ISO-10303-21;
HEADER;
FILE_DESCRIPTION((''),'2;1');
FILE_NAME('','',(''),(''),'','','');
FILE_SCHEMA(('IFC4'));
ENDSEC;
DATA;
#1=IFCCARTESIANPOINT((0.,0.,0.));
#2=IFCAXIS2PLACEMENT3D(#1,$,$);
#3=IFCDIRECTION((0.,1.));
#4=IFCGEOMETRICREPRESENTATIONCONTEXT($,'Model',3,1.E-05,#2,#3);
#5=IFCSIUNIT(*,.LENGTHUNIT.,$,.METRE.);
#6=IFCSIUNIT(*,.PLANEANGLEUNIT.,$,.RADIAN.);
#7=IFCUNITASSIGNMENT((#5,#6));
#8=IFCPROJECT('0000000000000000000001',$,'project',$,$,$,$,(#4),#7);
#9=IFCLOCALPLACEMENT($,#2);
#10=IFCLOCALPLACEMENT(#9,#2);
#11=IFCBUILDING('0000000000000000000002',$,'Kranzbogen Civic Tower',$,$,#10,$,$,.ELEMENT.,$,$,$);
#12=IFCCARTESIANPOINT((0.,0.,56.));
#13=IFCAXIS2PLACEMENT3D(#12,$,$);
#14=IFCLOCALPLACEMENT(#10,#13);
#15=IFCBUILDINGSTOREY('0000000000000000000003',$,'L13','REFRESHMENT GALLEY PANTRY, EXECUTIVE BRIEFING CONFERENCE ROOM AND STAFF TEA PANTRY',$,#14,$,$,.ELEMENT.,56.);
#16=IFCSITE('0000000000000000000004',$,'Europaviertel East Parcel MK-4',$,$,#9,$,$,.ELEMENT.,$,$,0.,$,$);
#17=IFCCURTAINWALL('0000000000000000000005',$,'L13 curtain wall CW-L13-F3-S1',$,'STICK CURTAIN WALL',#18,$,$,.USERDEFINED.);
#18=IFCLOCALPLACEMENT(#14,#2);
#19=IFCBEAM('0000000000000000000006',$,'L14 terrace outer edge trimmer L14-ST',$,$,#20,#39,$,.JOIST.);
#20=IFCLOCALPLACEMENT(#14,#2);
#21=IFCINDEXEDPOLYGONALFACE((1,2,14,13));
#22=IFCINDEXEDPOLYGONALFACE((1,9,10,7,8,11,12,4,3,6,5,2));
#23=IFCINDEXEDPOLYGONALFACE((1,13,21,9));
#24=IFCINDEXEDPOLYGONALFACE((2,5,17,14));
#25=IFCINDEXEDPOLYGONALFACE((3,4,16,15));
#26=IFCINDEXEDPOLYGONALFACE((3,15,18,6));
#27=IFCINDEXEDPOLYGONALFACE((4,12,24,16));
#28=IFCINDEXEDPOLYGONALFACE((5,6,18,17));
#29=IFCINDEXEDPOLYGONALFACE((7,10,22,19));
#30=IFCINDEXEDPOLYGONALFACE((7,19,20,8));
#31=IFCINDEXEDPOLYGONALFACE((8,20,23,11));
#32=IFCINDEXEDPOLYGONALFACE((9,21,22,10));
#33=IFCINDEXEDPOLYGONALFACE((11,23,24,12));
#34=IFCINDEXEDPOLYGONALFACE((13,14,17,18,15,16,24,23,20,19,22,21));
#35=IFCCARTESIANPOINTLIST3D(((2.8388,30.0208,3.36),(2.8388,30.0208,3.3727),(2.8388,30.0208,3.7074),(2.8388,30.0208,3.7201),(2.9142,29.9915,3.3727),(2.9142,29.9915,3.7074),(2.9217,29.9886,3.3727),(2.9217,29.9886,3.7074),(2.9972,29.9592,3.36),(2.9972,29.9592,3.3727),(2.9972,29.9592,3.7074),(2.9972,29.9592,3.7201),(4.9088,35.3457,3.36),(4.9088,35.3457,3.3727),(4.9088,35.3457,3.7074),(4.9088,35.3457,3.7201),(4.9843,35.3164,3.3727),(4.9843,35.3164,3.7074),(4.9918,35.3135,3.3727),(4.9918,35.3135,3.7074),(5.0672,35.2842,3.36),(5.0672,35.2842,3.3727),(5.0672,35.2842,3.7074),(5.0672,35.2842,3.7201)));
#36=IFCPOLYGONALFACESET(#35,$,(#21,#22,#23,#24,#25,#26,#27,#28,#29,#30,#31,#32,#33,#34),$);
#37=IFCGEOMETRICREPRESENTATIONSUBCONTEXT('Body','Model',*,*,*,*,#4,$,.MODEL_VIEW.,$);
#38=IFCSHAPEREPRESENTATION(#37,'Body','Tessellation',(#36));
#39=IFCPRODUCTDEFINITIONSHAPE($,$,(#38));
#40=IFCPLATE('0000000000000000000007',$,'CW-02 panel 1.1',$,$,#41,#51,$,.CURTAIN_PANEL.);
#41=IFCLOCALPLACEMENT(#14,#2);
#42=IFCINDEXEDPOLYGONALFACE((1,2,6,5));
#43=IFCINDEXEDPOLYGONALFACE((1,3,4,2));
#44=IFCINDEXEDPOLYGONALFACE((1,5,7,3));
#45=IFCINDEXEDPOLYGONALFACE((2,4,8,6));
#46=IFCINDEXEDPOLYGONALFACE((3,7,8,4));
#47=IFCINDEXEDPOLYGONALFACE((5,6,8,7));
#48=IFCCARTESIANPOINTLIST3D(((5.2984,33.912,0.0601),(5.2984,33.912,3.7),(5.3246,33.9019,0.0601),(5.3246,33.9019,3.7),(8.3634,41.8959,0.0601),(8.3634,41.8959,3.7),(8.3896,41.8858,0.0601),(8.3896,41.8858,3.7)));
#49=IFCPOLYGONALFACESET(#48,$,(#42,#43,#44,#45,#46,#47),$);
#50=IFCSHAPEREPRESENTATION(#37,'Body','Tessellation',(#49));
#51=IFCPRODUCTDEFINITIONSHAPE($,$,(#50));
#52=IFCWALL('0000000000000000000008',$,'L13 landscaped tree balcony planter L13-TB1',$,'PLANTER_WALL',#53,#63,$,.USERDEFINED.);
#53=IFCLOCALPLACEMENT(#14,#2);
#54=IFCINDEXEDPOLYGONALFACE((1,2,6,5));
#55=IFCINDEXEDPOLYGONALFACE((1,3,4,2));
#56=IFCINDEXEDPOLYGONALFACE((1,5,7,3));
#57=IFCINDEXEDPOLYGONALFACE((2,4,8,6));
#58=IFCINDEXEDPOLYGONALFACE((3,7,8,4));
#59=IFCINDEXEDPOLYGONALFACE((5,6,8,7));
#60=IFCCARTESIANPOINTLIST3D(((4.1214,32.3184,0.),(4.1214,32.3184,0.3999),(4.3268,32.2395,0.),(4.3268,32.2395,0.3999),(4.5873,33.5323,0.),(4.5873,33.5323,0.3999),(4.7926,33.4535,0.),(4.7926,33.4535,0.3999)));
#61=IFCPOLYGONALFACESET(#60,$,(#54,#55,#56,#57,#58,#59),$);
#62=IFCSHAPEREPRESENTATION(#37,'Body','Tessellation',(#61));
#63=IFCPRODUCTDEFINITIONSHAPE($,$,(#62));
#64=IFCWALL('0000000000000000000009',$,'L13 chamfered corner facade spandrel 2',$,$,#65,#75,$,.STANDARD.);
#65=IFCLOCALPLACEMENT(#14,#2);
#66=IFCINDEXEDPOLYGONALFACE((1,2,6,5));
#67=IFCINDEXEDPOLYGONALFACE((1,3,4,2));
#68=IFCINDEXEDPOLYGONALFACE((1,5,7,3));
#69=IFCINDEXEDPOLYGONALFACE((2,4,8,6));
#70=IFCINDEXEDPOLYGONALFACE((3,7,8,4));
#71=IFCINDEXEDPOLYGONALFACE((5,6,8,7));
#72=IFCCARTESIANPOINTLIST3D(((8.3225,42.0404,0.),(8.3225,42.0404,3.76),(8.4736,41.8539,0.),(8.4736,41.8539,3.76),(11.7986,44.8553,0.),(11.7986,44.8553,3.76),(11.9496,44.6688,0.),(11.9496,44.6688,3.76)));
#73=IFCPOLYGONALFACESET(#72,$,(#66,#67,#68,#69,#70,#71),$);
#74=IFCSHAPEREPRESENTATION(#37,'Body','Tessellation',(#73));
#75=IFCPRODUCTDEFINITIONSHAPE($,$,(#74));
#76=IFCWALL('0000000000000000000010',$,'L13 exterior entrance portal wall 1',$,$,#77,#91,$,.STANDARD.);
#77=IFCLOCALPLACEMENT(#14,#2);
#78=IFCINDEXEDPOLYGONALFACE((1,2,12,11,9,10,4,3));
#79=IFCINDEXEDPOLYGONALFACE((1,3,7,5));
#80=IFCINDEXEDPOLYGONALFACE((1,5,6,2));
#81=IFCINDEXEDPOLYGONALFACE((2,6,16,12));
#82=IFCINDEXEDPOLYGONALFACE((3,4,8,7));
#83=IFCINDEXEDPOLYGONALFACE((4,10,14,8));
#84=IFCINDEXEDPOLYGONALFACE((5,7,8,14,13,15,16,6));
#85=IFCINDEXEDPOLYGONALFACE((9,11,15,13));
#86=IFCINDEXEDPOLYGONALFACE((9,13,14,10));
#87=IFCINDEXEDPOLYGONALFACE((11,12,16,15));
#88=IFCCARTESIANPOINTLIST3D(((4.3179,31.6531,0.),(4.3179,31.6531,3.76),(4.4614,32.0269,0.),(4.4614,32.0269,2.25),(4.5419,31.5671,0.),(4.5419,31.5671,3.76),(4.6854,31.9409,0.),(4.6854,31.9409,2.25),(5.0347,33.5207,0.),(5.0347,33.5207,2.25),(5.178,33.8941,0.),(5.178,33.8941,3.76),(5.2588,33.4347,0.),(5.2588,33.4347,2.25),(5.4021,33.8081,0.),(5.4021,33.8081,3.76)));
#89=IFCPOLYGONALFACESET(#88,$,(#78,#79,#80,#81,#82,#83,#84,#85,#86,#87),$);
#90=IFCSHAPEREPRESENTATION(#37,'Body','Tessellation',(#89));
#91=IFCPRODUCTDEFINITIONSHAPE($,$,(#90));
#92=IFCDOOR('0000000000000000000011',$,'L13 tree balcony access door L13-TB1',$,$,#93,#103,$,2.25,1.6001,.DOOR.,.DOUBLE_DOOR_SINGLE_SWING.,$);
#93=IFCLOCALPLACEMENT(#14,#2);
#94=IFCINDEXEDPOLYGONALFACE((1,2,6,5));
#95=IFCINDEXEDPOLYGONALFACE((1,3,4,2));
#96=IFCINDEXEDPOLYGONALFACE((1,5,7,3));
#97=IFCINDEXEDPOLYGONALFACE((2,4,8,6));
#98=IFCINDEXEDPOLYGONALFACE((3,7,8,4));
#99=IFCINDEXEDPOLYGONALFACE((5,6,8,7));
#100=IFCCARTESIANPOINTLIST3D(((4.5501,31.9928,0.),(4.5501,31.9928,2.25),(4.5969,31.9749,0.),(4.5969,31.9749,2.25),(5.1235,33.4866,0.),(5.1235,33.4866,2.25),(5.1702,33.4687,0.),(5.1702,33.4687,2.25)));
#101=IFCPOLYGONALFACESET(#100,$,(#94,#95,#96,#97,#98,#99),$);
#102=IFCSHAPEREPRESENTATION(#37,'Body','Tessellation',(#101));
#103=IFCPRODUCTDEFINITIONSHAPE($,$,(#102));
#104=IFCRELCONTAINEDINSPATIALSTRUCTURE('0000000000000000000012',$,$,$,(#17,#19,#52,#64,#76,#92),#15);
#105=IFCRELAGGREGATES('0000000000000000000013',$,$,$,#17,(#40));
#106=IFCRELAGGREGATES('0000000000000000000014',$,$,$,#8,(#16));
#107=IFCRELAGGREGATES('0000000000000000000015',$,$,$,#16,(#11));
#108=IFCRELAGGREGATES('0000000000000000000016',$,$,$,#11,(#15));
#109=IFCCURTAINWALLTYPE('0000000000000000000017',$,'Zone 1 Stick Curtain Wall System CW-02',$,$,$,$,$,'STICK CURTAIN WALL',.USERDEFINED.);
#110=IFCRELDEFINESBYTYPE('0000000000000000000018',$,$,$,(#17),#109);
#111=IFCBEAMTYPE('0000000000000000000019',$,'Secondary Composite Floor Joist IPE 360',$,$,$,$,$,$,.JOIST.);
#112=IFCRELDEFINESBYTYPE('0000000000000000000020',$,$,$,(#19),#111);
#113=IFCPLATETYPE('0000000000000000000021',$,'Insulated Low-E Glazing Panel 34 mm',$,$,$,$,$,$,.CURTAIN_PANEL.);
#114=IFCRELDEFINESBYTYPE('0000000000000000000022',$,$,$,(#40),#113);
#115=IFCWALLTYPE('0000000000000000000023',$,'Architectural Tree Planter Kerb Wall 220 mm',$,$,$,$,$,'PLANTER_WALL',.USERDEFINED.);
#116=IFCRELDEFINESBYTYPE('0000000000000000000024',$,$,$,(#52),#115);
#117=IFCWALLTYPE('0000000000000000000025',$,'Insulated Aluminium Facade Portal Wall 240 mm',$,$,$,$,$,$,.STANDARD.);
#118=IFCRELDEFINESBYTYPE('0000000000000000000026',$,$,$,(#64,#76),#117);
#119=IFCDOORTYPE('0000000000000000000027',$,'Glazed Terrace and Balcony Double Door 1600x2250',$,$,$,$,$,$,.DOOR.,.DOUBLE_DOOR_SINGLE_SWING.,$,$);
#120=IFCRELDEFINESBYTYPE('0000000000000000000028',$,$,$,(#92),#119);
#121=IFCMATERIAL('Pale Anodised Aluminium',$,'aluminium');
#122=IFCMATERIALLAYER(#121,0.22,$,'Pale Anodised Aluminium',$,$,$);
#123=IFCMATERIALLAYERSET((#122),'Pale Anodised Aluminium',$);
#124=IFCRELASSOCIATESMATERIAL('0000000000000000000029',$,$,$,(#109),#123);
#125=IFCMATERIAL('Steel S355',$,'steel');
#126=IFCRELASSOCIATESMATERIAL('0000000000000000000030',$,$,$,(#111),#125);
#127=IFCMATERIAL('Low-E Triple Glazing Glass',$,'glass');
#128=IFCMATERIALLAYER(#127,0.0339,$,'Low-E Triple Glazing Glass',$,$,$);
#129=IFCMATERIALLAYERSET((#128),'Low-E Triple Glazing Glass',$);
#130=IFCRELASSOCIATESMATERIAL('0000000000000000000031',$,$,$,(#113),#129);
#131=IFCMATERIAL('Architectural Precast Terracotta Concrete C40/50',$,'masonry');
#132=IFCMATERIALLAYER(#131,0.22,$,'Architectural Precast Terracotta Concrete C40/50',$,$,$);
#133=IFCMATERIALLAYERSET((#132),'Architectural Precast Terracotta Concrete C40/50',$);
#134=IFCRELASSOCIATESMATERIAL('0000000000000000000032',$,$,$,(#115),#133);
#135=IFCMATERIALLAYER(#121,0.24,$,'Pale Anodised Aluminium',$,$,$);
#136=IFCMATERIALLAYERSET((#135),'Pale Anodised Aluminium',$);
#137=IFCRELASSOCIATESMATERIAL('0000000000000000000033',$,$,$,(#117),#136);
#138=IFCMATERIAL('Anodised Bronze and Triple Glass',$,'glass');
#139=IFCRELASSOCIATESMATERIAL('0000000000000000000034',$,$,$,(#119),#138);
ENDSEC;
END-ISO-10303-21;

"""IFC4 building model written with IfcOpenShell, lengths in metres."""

from ifc_helpers import new_model, si_unit, direction, frame, frame_2d, origin, origin_2d, place, context, subcontext, project, spatial, rectangle, i_section, extrude, material, layer, layer_set, material_profile, profile_set, type_object, element, fill, aggregate, save


model = new_model("IFC4")

# Units and contexts
model_context = context("Model", 3, precision=1e-05, world=origin(), true_north=direction((0.0, 1.0)))
body_context = subcontext(model_context, "Body", "Model", "MODEL_VIEW")
ifc_project = project(units=[si_unit("LENGTHUNIT", "METRE"), si_unit("PLANEANGLEUNIT", "RADIAN")], contexts=[model_context])

# Site, building, storey
site_placement = place(None, origin())
site = spatial("IfcSite", under=ifc_project, at=site_placement, Name="Europaviertel East Parcel MK-4", CompositionType="ELEMENT", RefElevation=0.0)
building_placement = place(site_placement, origin())
building = spatial("IfcBuilding", under=site, at=building_placement, Name="Kranzbogen Civic Tower", CompositionType="ELEMENT")
storey_placement = place(building_placement, frame((0.0, 0.0, 56.0)))
storey = spatial("IfcBuildingStorey", under=building, at=storey_placement, Name="L13", Description="REFRESHMENT GALLEY PANTRY, EXECUTIVE BRIEFING CONFERENCE ROOM AND STAFF TEA PANTRY", CompositionType="ELEMENT", Elevation=56.0)

# Curtain wall
ifc_material_1 = material(Name="Pale Anodised Aluminium", Category="aluminium")
ifc_layer_1 = layer(ifc_material_1, 0.22, Name="Pale Anodised Aluminium")
ifc_layer_set_1 = layer_set([ifc_layer_1], Name="Pale Anodised Aluminium")
curtain_wall_type = type_object("IfcCurtainWallType", Name="Zone 1 Stick Curtain Wall System CW-02", ElementType="STICK CURTAIN WALL", PredefinedType="USERDEFINED", material=ifc_layer_set_1)
curtain_wall_1_placement = place(storey_placement, origin())
curtain_wall_1 = element("IfcCurtainWall", 1, at=curtain_wall_1_placement, inside=storey, type_object=curtain_wall_type, Name="L13 curtain wall CW-L13-F3-S1", ObjectType="STICK CURTAIN WALL", PredefinedType="USERDEFINED")

# Beam
ifc_material_2 = material(Name="Steel S355", Category="steel")
ifc_material_profile_1 = material_profile(ifc_material_2, i_section(OverallWidth=0.1699, OverallDepth=0.3601, WebThickness=0.0081, FlangeThickness=0.0127, at=origin_2d()), Name="IPE 360")
ifc_profile_set_1 = profile_set([ifc_material_profile_1], Name="Steel S355")
beam_type_1 = type_object("IfcBeamType", Name="Secondary Composite Floor Joist IPE 360", PredefinedType="JOIST", material=ifc_profile_set_1)
beam_1_placement = place(storey_placement, frame((4.988, 35.3149, 3.54), z_axis=(-0.362333, -0.932049, 0.0), x_axis=(0.932049, -0.362333, 0.0)))
element("IfcBeam", 2, at=beam_1_placement, inside=storey, type_object=beam_type_1, Name="L14 terrace outer edge trimmer L14-ST", PredefinedType="JOIST", context=body_context, shape_type="SweptSolid", body=[
    extrude(i_section(OverallWidth=0.1699, OverallDepth=0.3601, WebThickness=0.0081, FlangeThickness=0.0127, at=origin_2d()), origin(), (0.0, 0.0, 1.0), 5.7131),
])

# Plate
ifc_material_3 = material(Name="Low-E Triple Glazing Glass", Category="glass")
ifc_layer_2 = layer(ifc_material_3, 0.0339, Name="Low-E Triple Glazing Glass")
ifc_layer_set_2 = layer_set([ifc_layer_2], Name="Low-E Triple Glazing Glass")
plate_type = type_object("IfcPlateType", Name="Insulated Low-E Glazing Panel 34 mm", PredefinedType="CURTAIN_PANEL", material=ifc_layer_set_2)
plate_placement = place(storey_placement, frame((6.844, 37.8989, 0.0601), z_axis=(0.0, 0.0, 1.0), x_axis=(-0.358392, -0.933571, 0.0)))
plate = element("IfcPlate", 3, at=plate_placement, type_object=plate_type, Name="CW-02 panel 1.1", PredefinedType="CURTAIN_PANEL", context=body_context, shape_type="SweptSolid", body=[
    extrude(rectangle(XDim=8.552, YDim=0.0281, at=origin_2d()), origin(), (0.0, 0.0, 1.0), 3.6399),
])
aggregate(curtain_wall_1, [plate])

# Walls
ifc_material_4 = material(Name="Architectural Precast Terracotta Concrete C40/50", Category="masonry")
ifc_layer_3 = layer(ifc_material_4, 0.22, Name="Architectural Precast Terracotta Concrete C40/50")
ifc_layer_set_3 = layer_set([ifc_layer_3], Name="Architectural Precast Terracotta Concrete C40/50")
wall_type_1 = type_object("IfcWallType", Name="Architectural Tree Planter Kerb Wall 220 mm", ElementType="PLANTER_WALL", PredefinedType="USERDEFINED", material=ifc_layer_set_3)
wall_1_placement = place(storey_placement, frame((4.6899, 33.4929, 0.0), z_axis=(0.0, 0.0, 1.0), x_axis=(-0.358274, -0.933616, 0.0)))
element("IfcWall", 4, at=wall_1_placement, inside=storey, type_object=wall_type_1, Name="L13 landscaped tree balcony planter L13-TB1", ObjectType="PLANTER_WALL", PredefinedType="USERDEFINED", context=body_context, shape_type="SweptSolid", body=[
    extrude(rectangle(XDim=1.3003, YDim=0.22, at=frame_2d((0.6501, 0.0))), origin(), (0.0, 0.0, 1.0), 0.3999),
])
ifc_layer_4 = layer(ifc_material_1, 0.24, Name="Pale Anodised Aluminium")
ifc_layer_set_4 = layer_set([ifc_layer_4], Name="Pale Anodised Aluminium")
wall_type_2 = type_object("IfcWallType", Name="Insulated Aluminium Facade Portal Wall 240 mm", PredefinedType="STANDARD", material=ifc_layer_set_4)
wall_2_placement = place(storey_placement, frame((11.874, 44.762, 0.0), z_axis=(0.0, 0.0, 1.0), x_axis=(-0.777138, -0.62933, 0.0)))
element("IfcWall", 5, at=wall_2_placement, inside=storey, type_object=wall_type_2, Name="L13 chamfered corner facade spandrel 2", PredefinedType="STANDARD", context=body_context, shape_type="SweptSolid", body=[
    extrude(rectangle(XDim=4.4729, YDim=0.24, at=frame_2d((2.2363, 0.0))), origin(), (0.0, 0.0, 1.0), 3.76),
])

# Wall, opening, door
wall_3_placement = place(storey_placement, frame((5.29, 33.8511, 0.0), z_axis=(0.0, 0.0, 1.0), x_axis=(-0.358325, -0.933597, 0.0)))
wall_3 = element("IfcWall", 6, at=wall_3_placement, inside=storey, type_object=wall_type_2, Name="L13 exterior entrance portal wall 1", PredefinedType="STANDARD", context=body_context, shape_type="SweptSolid", body=[
    extrude(rectangle(XDim=2.4004, YDim=0.24, at=frame_2d((1.2002, 0.0))), origin(), (0.0, 0.0, 1.0), 3.76),
])
opening_placement = place(wall_3_placement, frame((0.3999, 0.0, 0.0)))
opening = element("IfcOpeningElement", 7, at=opening_placement, cuts=wall_3, PredefinedType="OPENING", context=body_context, shape_type="SweptSolid", body=[
    extrude(rectangle(XDim=1.6001, YDim=2.25, at=frame_2d((0.8, 1.125))), frame((0.0, 0.1299, 0.0), z_axis=(0.0, -1.0, 0.0), x_axis=(1.0, 0.0, 0.0)), (0.0, 0.0, 1.0), 0.26),
])
ifc_material_5 = material(Name="Anodised Bronze and Triple Glass", Category="glass")
door_type = type_object("IfcDoorType", Name="Glazed Terrace and Balcony Double Door 1600x2250", OperationType="DOUBLE_DOOR_SINGLE_SWING", PredefinedType="DOOR", material=ifc_material_5)
door_placement = place(opening_placement, frame((1.6001, 0.0, 0.0), z_axis=(0.0, 0.0, 1.0), x_axis=(-1.0, 0.0, 0.0)))
door = element("IfcDoor", 8, at=door_placement, inside=storey, type_object=door_type, Name="L13 tree balcony access door L13-TB1", OperationType="DOUBLE_DOOR_SINGLE_SWING", OverallHeight=2.25, OverallWidth=1.6001, PredefinedType="DOOR", context=body_context, shape_type="SweptSolid", body=[
    extrude(rectangle(XDim=1.6001, YDim=2.25, at=frame_2d((0.8, 1.125))), frame((0.0, 0.0249, 0.0), z_axis=(0.0, -1.0, 0.0), x_axis=(1.0, 0.0, 0.0)), (0.0, 0.0, 1.0), 0.05),
])
fill(opening, door)

save(model, "model.ifc")
